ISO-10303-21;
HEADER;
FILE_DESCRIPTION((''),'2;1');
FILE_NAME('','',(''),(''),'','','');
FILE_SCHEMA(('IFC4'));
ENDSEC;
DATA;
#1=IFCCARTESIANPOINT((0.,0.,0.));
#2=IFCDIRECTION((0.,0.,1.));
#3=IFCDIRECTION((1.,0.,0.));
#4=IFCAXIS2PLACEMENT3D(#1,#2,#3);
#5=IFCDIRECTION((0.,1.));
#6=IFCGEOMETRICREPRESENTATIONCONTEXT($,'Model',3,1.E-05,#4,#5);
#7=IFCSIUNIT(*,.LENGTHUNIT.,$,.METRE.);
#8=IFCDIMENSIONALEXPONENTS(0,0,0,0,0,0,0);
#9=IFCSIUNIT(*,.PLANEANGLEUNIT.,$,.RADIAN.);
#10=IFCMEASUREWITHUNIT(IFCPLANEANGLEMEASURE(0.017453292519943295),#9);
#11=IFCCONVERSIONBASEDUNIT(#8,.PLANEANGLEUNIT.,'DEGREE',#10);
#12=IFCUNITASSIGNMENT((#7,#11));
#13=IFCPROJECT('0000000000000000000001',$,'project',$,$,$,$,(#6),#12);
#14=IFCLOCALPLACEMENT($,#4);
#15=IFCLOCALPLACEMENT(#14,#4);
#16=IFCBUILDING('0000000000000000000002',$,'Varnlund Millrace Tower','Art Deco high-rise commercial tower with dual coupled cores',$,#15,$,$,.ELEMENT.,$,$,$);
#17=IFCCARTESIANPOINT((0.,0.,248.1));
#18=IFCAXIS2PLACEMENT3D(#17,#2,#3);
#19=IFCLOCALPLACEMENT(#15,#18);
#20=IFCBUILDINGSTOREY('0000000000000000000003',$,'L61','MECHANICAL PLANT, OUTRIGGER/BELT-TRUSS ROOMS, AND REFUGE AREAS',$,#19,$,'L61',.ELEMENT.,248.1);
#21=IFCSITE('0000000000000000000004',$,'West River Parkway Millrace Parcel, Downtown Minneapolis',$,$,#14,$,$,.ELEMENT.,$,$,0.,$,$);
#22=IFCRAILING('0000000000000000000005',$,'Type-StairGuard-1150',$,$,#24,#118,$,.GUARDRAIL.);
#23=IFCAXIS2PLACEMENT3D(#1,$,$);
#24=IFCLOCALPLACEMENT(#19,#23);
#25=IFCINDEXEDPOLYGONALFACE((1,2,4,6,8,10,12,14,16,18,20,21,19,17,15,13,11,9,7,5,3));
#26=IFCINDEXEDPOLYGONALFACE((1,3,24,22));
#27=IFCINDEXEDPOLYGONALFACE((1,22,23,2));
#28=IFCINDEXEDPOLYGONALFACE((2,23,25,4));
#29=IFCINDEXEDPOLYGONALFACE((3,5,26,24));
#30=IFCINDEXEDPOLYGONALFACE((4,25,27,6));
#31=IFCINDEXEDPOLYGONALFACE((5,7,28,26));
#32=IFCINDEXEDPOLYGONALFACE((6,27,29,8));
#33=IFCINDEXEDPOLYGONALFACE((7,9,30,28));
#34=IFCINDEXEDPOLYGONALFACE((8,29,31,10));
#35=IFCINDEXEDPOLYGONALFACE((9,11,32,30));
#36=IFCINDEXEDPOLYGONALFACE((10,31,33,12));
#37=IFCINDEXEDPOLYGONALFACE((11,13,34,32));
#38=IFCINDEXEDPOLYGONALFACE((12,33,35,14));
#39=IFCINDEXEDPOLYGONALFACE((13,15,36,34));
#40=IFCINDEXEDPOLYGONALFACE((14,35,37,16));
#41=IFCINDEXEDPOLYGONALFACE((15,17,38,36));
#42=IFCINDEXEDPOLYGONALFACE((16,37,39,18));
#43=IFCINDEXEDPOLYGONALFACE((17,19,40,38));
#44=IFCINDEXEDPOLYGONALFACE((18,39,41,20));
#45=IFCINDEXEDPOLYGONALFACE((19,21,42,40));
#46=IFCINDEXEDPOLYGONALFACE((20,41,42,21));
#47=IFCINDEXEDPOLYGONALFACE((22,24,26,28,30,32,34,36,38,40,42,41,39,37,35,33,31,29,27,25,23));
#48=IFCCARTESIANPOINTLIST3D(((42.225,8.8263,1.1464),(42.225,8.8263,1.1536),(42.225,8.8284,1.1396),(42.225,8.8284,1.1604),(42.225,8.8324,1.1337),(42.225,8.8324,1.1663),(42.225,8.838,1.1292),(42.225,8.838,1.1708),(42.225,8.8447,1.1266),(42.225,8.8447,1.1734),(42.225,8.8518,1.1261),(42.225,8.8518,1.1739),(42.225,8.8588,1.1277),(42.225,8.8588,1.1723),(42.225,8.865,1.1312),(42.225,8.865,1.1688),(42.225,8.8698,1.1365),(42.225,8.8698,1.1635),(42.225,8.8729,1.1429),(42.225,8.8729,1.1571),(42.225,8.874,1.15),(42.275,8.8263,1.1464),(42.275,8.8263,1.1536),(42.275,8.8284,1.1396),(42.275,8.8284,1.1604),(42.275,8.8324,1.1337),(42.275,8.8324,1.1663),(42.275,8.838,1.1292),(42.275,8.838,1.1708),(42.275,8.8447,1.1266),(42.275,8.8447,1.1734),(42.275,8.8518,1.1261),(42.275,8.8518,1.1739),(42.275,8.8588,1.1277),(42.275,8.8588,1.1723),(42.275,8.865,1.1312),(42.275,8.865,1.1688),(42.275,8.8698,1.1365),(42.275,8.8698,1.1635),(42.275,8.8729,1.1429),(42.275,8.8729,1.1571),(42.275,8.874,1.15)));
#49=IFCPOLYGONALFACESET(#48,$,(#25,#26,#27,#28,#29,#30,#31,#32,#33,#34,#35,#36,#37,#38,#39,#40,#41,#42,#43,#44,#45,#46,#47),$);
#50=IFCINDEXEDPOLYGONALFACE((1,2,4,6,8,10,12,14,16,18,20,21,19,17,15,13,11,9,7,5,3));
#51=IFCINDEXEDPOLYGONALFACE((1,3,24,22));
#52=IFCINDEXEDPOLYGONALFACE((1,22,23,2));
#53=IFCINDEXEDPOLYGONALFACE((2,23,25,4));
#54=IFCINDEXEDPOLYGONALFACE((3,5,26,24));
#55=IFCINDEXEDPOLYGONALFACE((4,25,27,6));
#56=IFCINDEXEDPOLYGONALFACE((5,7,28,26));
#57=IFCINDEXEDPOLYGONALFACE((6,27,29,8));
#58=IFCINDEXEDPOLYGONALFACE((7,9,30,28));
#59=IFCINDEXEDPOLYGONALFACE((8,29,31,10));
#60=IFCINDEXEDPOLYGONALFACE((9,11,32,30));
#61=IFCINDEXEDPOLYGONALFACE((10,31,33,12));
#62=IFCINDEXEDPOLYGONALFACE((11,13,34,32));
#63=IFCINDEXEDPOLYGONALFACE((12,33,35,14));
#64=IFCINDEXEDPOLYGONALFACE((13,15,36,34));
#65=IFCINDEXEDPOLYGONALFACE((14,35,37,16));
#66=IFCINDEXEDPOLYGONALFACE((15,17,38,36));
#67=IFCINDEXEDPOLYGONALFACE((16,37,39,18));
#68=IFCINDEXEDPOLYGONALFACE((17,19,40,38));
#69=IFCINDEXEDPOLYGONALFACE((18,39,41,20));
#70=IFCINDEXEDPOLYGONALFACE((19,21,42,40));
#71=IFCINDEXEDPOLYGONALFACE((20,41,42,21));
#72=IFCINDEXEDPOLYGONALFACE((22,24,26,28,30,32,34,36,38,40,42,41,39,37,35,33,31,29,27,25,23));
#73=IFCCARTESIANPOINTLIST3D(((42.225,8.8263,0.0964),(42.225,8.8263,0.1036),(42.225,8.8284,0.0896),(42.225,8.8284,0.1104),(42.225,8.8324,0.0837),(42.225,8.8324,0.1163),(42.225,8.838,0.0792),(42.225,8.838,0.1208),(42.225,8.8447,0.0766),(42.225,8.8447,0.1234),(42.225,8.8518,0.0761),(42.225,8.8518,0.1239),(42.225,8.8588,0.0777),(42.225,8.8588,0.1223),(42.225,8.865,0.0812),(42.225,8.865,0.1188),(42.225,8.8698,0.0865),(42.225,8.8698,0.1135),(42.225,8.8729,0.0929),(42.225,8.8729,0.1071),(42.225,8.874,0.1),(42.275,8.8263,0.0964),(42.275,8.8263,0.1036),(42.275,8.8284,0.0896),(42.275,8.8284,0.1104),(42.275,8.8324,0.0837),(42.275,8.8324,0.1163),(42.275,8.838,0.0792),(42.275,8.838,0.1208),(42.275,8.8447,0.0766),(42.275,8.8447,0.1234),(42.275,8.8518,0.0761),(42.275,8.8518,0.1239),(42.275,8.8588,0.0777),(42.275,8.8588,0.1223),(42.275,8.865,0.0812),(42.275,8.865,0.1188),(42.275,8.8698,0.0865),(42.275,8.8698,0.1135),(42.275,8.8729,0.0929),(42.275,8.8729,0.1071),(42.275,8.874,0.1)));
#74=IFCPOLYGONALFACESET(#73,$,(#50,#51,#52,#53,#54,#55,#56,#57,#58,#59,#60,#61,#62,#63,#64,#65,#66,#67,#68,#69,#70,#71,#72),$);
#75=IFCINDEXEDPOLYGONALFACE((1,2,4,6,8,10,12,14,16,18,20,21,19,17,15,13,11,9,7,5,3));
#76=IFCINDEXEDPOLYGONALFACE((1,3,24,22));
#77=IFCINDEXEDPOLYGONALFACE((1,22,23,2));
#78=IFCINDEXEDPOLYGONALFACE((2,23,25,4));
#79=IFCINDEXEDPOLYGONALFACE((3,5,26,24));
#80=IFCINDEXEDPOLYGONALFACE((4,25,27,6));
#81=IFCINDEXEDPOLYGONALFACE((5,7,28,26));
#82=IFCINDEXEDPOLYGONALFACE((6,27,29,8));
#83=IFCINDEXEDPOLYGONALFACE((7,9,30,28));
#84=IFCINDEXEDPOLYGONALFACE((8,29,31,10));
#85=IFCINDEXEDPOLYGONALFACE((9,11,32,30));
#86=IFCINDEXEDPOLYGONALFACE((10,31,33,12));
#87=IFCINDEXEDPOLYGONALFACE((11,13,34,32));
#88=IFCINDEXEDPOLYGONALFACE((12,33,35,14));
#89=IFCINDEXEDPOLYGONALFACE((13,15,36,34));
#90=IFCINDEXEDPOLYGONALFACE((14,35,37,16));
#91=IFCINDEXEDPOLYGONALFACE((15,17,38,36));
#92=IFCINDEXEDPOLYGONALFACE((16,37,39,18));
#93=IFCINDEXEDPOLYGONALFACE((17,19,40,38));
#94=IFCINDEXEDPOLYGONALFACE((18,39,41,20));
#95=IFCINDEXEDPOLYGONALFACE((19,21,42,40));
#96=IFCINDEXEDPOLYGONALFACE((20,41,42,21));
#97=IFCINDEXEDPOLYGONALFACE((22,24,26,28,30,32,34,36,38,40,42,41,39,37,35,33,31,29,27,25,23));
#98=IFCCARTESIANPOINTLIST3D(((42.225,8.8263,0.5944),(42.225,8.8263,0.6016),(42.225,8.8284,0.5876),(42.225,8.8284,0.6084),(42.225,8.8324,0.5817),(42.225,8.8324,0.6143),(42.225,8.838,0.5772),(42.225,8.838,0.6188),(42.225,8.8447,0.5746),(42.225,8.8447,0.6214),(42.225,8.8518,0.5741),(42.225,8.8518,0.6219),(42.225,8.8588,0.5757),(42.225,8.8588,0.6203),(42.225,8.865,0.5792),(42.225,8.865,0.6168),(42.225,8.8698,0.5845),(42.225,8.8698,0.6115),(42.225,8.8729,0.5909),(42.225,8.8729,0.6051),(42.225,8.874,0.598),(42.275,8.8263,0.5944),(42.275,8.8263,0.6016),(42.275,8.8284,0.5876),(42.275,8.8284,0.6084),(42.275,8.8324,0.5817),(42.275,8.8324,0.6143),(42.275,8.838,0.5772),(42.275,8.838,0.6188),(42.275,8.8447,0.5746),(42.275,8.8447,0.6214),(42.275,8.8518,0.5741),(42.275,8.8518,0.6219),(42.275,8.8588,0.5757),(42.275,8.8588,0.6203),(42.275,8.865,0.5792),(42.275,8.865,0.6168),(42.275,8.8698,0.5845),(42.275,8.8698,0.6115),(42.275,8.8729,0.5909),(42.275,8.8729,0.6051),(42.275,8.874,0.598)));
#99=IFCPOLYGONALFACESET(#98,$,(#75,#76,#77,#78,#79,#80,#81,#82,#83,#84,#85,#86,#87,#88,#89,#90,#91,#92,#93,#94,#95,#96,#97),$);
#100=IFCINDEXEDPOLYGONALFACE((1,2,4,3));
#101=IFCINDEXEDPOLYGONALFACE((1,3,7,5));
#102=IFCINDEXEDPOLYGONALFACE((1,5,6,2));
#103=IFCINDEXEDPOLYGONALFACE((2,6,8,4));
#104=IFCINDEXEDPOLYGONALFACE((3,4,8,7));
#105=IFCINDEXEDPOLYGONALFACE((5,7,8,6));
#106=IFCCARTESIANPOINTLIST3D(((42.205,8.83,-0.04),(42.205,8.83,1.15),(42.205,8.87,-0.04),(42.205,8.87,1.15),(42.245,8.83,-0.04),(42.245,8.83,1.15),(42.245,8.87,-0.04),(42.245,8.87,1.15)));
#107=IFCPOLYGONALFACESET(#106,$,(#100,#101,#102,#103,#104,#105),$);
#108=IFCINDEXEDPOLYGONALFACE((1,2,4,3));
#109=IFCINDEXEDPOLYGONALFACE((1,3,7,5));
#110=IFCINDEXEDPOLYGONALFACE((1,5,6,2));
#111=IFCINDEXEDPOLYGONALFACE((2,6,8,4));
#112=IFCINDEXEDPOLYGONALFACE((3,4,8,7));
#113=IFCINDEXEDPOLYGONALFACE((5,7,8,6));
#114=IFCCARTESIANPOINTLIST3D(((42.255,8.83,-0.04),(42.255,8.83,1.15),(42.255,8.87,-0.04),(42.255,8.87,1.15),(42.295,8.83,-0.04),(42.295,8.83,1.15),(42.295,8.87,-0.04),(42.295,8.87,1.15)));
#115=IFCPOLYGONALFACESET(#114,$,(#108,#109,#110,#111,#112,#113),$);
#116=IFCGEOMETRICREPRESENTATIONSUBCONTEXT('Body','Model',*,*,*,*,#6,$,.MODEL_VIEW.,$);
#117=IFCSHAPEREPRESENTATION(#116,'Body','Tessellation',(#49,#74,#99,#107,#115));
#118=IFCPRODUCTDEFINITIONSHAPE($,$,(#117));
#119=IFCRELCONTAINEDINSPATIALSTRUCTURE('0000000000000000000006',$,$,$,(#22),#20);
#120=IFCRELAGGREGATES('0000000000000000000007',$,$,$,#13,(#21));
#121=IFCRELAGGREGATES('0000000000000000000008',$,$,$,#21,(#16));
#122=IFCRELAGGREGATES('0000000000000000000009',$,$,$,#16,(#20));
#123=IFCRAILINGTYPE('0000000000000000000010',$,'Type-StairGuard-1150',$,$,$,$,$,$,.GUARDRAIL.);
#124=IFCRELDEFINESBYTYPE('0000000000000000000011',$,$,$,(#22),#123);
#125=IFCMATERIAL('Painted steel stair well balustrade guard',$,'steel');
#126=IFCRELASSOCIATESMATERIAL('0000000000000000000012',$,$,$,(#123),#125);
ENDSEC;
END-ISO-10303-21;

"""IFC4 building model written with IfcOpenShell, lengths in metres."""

from ifc_helpers import new_model, entity, si_unit, converted_unit, direction, frame, origin_with_axes, origin_2d_with_axis, place, context, subcontext, project, spatial, rectangle, circle, extrude, material, type_object, element, save


model = new_model("IFC4")

# Units and contexts
model_context = context("Model", 3, precision=1e-05, world=origin_with_axes(), true_north=direction((0.0, 1.0)))
body_context = subcontext(model_context, "Body", "Model", "MODEL_VIEW")
ifc_project = project(units=[si_unit("LENGTHUNIT", "METRE"), converted_unit("PLANEANGLEUNIT", "DEGREE", entity("IfcPlaneAngleMeasure", 0.017453292519943295), si_unit("PLANEANGLEUNIT", "RADIAN"), dimensions=[0, 0, 0, 0, 0, 0, 0])], contexts=[model_context])

# Site, building, storey
site_placement = place(None, origin_with_axes())
site = spatial("IfcSite", under=ifc_project, at=site_placement, Name="West River Parkway Millrace Parcel, Downtown Minneapolis", CompositionType="ELEMENT", RefElevation=0.0)
building_placement = place(site_placement, origin_with_axes())
building = spatial("IfcBuilding", under=site, at=building_placement, Name="Varnlund Millrace Tower", Description="Art Deco high-rise commercial tower with dual coupled cores", CompositionType="ELEMENT")
storey_placement = place(building_placement, frame((0.0, 0.0, 248.1), z_axis=(0.0, 0.0, 1.0), x_axis=(1.0, 0.0, 0.0)))
storey = spatial("IfcBuildingStorey", under=building, at=storey_placement, Name="L61", Description="MECHANICAL PLANT, OUTRIGGER/BELT-TRUSS ROOMS, AND REFUGE AREAS", LongName="L61", CompositionType="ELEMENT", Elevation=248.1)

# Railing
ifc_material_1 = material(Name="Painted steel stair well balustrade guard", Category="steel")
railing_type_1 = type_object("IfcRailingType", Name="Type-StairGuard-1150", PredefinedType="GUARDRAIL", material=ifc_material_1)
railing_1_placement = place(storey_placement, frame((0.0, 0.0, -248.1), z_axis=(0.0, 0.0, 1.0), x_axis=(1.0, 0.0, 0.0)))
element("IfcRailing", 1, at=railing_1_placement, inside=storey, type_object=railing_type_1, Name="Type-StairGuard-1150", PredefinedType="GUARDRAIL", context=body_context, shape_type="SweptSolid", body=[
    extrude(circle(Radius=0.024, at=origin_2d_with_axis()), frame((42.225, 8.85, 249.25), z_axis=(1.0, 0.0, 0.0), x_axis=(0.0, 1.0, 0.0)), (0.0, 0.0, 1.0), 0.05),
    extrude(circle(Radius=0.024, at=origin_2d_with_axis()), frame((42.225, 8.85, 248.2), z_axis=(1.0, 0.0, 0.0), x_axis=(0.0, 1.0, 0.0)), (0.0, 0.0, 1.0), 0.05),
    extrude(circle(Radius=0.024, at=origin_2d_with_axis()), frame((42.225, 8.85, 248.698), z_axis=(1.0, 0.0, 0.0), x_axis=(0.0, 1.0, 0.0)), (0.0, 0.0, 1.0), 0.05),
    extrude(rectangle(XDim=0.04, YDim=0.04, at=origin_2d_with_axis()), frame((42.225, 8.85, 248.06), z_axis=(0.0, 0.0, 1.0), x_axis=(1.0, 0.0, 0.0)), (0.0, 0.0, 1.0), 1.19),
    extrude(rectangle(XDim=0.04, YDim=0.04, at=origin_2d_with_axis()), frame((42.275, 8.85, 248.06), z_axis=(0.0, 0.0, 1.0), x_axis=(1.0, 0.0, 0.0)), (0.0, 0.0, 1.0), 1.19),
])

save(model, "model.ifc")
